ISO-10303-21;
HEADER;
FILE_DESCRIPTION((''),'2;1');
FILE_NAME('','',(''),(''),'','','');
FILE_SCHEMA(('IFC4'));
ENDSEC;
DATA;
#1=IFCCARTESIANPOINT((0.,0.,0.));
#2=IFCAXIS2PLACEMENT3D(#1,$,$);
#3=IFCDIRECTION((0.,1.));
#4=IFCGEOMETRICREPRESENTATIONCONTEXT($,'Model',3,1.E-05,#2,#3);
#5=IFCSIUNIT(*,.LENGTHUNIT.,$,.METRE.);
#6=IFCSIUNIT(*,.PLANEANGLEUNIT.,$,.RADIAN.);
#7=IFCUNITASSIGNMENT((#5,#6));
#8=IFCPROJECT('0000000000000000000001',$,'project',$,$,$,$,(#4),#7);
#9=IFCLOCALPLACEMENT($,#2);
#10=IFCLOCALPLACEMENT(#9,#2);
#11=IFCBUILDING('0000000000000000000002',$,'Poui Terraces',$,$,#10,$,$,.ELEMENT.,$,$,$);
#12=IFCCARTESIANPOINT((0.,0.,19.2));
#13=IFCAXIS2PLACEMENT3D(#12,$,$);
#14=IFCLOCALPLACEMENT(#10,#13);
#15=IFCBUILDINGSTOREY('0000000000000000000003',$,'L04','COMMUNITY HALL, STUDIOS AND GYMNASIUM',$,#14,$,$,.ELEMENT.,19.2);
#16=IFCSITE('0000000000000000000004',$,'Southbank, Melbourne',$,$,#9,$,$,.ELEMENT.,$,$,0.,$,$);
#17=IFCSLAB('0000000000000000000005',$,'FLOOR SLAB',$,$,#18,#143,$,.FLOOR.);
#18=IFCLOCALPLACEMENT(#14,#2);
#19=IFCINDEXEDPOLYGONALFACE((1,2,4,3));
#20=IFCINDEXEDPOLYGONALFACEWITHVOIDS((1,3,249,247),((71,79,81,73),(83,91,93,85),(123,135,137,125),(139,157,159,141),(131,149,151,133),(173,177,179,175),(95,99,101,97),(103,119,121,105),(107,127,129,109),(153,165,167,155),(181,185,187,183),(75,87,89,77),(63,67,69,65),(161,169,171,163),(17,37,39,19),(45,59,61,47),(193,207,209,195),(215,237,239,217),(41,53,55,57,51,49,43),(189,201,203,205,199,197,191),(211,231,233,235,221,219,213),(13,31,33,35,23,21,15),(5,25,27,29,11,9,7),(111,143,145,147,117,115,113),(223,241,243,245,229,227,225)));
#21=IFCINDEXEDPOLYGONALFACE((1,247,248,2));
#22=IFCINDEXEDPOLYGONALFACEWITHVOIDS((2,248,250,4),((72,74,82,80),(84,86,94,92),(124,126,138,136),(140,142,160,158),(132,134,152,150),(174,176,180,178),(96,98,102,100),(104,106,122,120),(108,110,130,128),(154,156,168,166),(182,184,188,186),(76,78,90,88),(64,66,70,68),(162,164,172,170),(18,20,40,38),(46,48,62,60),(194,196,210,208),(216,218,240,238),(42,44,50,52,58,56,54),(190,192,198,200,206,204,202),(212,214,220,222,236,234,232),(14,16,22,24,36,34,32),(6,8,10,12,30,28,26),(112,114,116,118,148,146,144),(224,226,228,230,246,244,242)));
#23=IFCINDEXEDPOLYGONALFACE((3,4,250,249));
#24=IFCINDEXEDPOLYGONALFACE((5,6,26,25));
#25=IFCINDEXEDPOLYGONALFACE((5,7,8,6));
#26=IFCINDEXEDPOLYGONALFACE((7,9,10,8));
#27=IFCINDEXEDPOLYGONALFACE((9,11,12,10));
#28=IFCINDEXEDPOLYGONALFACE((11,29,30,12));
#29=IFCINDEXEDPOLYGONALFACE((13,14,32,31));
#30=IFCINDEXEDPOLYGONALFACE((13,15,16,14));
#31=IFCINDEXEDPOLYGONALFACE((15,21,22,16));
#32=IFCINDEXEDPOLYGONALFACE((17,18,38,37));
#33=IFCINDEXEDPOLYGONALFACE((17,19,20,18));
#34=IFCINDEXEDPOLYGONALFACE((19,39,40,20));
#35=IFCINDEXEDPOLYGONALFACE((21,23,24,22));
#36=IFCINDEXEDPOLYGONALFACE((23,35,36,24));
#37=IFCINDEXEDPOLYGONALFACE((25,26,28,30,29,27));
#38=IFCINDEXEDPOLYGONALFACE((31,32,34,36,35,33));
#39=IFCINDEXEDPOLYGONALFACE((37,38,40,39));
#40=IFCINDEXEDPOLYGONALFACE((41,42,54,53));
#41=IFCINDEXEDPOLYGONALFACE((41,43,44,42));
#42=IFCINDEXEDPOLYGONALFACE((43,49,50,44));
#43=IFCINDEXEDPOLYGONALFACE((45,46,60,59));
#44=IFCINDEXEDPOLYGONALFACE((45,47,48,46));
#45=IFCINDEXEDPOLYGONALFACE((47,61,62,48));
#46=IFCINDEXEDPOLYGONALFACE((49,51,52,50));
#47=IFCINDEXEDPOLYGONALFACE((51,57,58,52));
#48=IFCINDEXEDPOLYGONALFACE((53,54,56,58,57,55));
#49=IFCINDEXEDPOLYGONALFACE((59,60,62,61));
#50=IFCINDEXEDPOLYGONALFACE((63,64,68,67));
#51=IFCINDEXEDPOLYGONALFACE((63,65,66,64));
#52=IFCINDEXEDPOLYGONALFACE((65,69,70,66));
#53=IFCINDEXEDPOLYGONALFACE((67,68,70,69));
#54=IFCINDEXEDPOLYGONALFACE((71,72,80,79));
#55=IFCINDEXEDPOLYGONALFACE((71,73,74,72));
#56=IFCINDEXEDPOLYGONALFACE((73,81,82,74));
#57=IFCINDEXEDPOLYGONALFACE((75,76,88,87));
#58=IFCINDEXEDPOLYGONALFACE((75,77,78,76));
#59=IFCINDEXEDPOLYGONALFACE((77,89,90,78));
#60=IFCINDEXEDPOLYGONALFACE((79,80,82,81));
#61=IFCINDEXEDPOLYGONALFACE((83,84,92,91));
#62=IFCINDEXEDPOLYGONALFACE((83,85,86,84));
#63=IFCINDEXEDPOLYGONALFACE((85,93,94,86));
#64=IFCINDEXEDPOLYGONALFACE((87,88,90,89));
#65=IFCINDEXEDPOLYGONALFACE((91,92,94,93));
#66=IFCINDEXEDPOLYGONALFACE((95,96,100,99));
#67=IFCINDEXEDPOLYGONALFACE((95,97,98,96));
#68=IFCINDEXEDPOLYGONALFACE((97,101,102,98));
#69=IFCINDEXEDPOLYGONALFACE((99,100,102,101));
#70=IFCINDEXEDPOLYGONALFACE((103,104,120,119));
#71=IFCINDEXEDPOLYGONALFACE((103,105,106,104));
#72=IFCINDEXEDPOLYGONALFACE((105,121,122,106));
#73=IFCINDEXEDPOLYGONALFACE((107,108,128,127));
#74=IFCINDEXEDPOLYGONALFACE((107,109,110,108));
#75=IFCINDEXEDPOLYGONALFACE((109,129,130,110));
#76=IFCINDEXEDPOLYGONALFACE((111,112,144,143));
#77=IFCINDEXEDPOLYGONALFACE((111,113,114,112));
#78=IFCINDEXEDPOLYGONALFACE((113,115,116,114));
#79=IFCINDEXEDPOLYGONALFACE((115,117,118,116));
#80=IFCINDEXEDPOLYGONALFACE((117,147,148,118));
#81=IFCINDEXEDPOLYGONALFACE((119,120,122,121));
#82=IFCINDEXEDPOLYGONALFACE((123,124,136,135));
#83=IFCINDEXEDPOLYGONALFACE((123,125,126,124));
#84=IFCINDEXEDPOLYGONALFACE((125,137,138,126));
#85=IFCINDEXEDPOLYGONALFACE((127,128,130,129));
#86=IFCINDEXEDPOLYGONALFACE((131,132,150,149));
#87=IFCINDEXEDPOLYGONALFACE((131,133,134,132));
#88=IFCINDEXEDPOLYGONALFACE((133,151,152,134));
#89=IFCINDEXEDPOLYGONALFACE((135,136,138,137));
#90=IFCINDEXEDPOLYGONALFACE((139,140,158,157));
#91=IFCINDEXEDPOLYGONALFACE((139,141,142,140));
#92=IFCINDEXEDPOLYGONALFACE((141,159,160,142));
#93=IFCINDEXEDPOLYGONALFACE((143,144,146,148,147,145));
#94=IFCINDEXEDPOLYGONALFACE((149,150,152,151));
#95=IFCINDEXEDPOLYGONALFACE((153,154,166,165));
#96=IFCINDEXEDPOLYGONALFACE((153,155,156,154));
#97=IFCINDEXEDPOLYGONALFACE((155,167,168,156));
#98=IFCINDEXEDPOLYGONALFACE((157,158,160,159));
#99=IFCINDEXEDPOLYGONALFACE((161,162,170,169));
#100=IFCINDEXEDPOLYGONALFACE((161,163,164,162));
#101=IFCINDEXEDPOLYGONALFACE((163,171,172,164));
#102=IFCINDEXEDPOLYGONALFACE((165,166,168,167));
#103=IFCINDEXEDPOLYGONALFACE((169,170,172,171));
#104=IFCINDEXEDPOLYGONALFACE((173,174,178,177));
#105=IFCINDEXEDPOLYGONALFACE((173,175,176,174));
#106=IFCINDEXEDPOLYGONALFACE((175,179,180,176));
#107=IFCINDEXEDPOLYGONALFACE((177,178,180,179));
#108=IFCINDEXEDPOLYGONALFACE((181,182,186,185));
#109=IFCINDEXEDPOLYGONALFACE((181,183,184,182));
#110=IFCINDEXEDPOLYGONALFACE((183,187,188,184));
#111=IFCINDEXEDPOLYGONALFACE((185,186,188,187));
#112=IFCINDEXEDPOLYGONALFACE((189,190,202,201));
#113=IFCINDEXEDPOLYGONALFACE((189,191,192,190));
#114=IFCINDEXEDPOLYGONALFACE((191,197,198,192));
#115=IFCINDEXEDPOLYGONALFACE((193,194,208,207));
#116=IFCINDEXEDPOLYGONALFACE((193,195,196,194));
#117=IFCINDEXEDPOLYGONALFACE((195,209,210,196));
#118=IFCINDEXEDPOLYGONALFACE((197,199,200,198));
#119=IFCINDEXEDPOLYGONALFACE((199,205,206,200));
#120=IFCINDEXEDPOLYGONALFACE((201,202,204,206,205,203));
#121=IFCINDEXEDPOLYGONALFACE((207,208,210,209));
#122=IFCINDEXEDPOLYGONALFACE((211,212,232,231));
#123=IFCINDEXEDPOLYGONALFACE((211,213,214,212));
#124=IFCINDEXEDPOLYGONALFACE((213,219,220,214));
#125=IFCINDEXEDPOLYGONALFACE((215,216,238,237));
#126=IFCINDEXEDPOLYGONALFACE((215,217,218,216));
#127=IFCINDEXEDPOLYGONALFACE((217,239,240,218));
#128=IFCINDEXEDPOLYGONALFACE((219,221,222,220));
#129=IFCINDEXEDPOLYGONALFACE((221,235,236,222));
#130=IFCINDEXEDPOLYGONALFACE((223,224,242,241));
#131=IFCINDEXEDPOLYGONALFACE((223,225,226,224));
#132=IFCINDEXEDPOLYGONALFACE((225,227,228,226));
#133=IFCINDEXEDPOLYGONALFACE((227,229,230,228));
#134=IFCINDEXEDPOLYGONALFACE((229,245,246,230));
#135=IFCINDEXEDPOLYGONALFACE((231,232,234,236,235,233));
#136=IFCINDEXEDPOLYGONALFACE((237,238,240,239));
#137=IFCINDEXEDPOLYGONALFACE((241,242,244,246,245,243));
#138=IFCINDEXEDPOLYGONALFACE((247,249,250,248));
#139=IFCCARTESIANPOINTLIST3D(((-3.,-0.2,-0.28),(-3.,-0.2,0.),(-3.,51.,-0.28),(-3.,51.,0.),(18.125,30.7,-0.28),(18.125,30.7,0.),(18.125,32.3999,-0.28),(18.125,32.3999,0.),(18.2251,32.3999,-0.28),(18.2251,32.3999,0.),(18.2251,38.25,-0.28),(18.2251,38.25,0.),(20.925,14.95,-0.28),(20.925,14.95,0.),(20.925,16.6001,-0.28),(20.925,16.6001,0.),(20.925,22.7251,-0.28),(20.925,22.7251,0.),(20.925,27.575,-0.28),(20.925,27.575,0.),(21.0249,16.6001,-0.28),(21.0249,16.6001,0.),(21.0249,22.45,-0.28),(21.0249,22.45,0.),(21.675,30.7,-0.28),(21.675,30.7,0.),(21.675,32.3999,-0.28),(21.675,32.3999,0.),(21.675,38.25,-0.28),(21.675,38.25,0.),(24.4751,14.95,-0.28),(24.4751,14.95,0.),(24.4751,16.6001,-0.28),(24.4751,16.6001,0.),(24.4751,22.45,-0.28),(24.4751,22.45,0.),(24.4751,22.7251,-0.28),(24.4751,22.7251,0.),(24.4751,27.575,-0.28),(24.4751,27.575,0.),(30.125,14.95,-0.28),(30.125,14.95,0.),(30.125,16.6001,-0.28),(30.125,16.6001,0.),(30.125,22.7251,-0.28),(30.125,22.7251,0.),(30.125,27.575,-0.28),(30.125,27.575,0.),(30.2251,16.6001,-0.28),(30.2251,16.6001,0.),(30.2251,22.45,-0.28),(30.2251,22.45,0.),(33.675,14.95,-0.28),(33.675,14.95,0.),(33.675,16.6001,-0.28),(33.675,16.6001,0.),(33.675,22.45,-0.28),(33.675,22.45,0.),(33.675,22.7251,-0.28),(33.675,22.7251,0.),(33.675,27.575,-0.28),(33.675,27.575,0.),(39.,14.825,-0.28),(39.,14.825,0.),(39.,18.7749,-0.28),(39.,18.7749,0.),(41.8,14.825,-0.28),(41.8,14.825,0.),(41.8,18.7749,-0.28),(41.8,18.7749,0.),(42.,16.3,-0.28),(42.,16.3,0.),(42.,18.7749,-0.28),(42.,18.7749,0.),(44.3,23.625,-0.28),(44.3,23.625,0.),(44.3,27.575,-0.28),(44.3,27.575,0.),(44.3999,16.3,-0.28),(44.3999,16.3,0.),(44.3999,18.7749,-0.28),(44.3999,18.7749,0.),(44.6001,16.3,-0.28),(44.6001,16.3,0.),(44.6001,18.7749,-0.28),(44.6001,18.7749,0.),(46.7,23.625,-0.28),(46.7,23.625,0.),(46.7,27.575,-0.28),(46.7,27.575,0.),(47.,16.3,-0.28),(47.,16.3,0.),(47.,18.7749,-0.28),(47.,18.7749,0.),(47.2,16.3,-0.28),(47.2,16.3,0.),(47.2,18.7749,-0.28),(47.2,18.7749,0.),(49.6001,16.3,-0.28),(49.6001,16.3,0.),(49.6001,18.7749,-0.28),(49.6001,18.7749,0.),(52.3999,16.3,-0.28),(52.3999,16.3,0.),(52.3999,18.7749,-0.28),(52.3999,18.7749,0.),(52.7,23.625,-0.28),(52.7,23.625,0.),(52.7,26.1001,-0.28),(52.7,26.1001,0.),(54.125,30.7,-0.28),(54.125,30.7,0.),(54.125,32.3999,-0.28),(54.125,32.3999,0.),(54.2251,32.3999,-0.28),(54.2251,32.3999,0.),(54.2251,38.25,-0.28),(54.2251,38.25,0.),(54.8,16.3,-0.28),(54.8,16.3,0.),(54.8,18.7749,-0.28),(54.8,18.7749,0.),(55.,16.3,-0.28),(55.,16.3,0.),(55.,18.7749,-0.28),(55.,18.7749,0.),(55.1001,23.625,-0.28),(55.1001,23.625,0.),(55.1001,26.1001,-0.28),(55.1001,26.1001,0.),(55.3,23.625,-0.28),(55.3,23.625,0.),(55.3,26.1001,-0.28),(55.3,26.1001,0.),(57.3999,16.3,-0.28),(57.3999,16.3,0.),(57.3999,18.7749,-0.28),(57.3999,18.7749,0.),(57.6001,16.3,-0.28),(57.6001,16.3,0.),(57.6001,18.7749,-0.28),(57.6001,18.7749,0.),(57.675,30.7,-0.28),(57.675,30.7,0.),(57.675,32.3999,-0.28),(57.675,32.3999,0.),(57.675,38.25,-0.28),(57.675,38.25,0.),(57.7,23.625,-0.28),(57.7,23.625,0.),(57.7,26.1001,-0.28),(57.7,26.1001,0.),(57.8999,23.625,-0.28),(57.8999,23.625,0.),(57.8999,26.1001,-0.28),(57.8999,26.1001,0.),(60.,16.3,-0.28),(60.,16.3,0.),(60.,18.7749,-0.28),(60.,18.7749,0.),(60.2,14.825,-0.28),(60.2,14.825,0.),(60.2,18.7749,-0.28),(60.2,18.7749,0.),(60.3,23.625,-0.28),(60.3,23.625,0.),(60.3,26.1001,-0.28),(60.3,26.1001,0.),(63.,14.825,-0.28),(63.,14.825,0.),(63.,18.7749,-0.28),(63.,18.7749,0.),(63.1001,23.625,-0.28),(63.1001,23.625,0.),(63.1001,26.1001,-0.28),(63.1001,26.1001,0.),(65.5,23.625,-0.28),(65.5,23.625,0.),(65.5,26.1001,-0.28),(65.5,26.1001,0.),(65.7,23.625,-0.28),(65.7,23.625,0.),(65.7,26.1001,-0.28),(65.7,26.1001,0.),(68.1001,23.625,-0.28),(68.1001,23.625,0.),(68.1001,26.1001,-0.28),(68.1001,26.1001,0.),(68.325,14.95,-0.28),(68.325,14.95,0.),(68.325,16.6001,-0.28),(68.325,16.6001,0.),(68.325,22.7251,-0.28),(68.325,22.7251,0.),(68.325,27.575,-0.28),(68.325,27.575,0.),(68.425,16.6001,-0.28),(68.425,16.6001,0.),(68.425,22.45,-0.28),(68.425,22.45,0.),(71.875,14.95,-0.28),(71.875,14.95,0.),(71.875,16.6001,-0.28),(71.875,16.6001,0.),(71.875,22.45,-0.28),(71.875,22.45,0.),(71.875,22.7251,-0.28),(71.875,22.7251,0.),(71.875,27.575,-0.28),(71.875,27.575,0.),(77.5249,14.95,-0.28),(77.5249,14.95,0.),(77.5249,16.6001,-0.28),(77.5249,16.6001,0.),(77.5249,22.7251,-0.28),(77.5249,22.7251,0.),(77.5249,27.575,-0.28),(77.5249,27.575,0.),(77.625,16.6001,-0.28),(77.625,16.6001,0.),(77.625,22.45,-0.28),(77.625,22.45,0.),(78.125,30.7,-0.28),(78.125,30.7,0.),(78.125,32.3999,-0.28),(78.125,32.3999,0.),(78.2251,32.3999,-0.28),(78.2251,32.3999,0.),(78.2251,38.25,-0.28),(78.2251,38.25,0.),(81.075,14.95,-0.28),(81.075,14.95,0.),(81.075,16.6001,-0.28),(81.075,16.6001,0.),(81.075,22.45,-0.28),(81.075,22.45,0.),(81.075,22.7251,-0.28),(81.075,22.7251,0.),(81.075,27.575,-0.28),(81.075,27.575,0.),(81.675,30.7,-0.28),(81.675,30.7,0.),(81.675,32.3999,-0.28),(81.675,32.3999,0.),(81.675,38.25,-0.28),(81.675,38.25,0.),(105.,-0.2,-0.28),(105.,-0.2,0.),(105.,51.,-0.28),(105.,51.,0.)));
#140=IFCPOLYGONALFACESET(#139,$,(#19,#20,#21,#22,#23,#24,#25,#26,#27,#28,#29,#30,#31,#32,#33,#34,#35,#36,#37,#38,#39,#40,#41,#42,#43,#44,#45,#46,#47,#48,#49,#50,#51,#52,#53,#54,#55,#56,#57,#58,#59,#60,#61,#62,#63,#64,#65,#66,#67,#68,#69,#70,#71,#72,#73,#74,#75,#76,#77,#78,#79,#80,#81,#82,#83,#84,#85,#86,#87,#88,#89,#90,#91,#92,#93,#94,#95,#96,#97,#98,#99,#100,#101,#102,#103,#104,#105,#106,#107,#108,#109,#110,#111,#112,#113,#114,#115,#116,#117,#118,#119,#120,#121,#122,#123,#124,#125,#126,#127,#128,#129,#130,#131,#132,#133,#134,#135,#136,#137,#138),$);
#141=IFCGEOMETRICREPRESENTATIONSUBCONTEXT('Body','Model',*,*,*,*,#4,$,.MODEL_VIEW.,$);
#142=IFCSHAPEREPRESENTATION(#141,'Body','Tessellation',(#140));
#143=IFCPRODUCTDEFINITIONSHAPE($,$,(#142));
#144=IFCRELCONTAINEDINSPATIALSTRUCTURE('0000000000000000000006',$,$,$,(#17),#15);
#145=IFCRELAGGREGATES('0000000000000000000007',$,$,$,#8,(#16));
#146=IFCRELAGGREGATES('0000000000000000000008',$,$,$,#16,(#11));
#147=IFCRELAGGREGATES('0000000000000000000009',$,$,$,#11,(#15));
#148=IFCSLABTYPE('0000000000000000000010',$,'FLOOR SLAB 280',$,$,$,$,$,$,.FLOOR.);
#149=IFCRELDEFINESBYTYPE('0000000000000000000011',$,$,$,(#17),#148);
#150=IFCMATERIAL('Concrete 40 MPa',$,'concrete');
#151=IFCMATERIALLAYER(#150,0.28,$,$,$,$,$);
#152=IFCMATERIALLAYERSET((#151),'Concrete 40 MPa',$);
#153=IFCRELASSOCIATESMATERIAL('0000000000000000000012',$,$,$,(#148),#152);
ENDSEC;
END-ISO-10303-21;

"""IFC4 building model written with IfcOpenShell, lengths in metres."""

from ifc_helpers import new_model, si_unit, direction, frame, origin, place, context, subcontext, project, spatial, polyline, outline, extrude, source, transform, mapped, material, layer, layer_set, type_object, element, save


model = new_model("IFC4")

# Units and contexts
model_context = context("Model", 3, precision=1e-05, world=origin(), true_north=direction((0.0, 1.0)))
body_context = subcontext(model_context, "Body", "Model", "MODEL_VIEW")
ifc_project = project(units=[si_unit("LENGTHUNIT", "METRE"), si_unit("PLANEANGLEUNIT", "RADIAN")], contexts=[model_context])

# Site, building, storey
site_placement = place(None, origin())
site = spatial("IfcSite", under=ifc_project, at=site_placement, Name="Southbank, Melbourne", CompositionType="ELEMENT", RefElevation=0.0)
building_placement = place(site_placement, origin())
building = spatial("IfcBuilding", under=site, at=building_placement, Name="Poui Terraces", CompositionType="ELEMENT")
storey_placement = place(building_placement, frame((0.0, 0.0, 19.2)))
storey = spatial("IfcBuildingStorey", under=building, at=storey_placement, Name="L04", Description="COMMUNITY HALL, STUDIOS AND GYMNASIUM", CompositionType="ELEMENT", Elevation=19.2)

# Slab
ifc_material_1 = material(Name="Concrete 40 MPa", Category="concrete")
ifc_layer_1 = layer(ifc_material_1, 0.28)
ifc_layer_set_1 = layer_set([ifc_layer_1], Name="Concrete 40 MPa")
slab_type_1 = type_object("IfcSlabType", Name="FLOOR SLAB 280", PredefinedType="FLOOR", material=ifc_layer_set_1)
shared_shape_1 = source(origin(), body_context, "Body", "SweptSolid", [
    extrude(outline(polyline([(0.0, 0.0), (108.0, 0.0), (108.0, 51.2), (0.0, 51.2), (0.0, 0.0)]), holes=[polyline([(42.0, 15.0249), (42.0, 18.9749), (44.8, 18.9749), (44.8, 15.0249), (42.0, 15.0249)]), polyline([(45.0, 18.9749), (47.3999, 18.9749), (47.3999, 16.5), (45.0, 16.5), (45.0, 18.9749)]), polyline([(47.6001, 18.9749), (50.0, 18.9749), (50.0, 16.5), (47.6001, 16.5), (47.6001, 18.9749)]), polyline([(50.2, 16.5), (50.2, 18.9749), (52.6001, 18.9749), (52.6001, 16.5), (50.2, 16.5)]), polyline([(55.3999, 18.9749), (57.8, 18.9749), (57.8, 16.5), (55.3999, 16.5), (55.3999, 18.9749)]), polyline([(27.4751, 22.6499), (27.4751, 16.8), (27.4751, 15.1499), (23.925, 15.1499), (23.925, 16.8), (24.0249, 16.8), (24.0249, 22.6499), (27.4751, 22.6499)]), polyline([(33.2251, 22.6499), (36.675, 22.6499), (36.675, 16.8), (36.675, 15.1499), (33.125, 15.1499), (33.125, 16.8), (33.2251, 16.8), (33.2251, 22.6499)]), polyline([(55.7, 26.3), (58.1001, 26.3), (58.1001, 23.825), (55.7, 23.825), (55.7, 26.3)]), polyline([(23.925, 27.7749), (27.4751, 27.7749), (27.4751, 22.925), (23.925, 22.925), (23.925, 27.7749)]), polyline([(33.125, 22.925), (33.125, 27.7749), (36.675, 27.7749), (36.675, 22.925), (33.125, 22.925)]), polyline([(47.3, 27.7749), (49.7, 27.7749), (49.7, 23.825), (47.3, 23.825), (47.3, 27.7749)]), polyline([(24.675, 38.45), (24.675, 32.5999), (24.675, 30.8999), (21.125, 30.8999), (21.125, 32.5999), (21.2251, 32.5999), (21.2251, 38.45), (24.675, 38.45)]), polyline([(57.2251, 38.45), (60.675, 38.45), (60.675, 32.5999), (60.675, 30.8999), (57.125, 30.8999), (57.125, 32.5999), (57.2251, 32.5999), (57.2251, 38.45)]), polyline([(63.2, 18.9749), (66.0, 18.9749), (66.0, 15.0249), (63.2, 15.0249), (63.2, 18.9749)]), polyline([(58.0, 18.9749), (60.3999, 18.9749), (60.3999, 16.5), (58.0, 16.5), (58.0, 18.9749)]), polyline([(60.6001, 16.5), (60.6001, 18.9749), (63.0, 18.9749), (63.0, 16.5), (60.6001, 16.5)]), polyline([(74.875, 22.6499), (74.875, 16.8), (74.875, 15.1499), (71.325, 15.1499), (71.325, 16.8), (71.425, 16.8), (71.425, 22.6499), (74.875, 22.6499)]), polyline([(84.075, 22.6499), (84.075, 16.8), (84.075, 15.1499), (80.5249, 15.1499), (80.5249, 16.8), (80.625, 16.8), (80.625, 22.6499), (84.075, 22.6499)]), polyline([(58.3, 23.825), (58.3, 26.3), (60.7, 26.3), (60.7, 23.825), (58.3, 23.825)]), polyline([(60.8999, 26.3), (63.3, 26.3), (63.3, 23.825), (60.8999, 23.825), (60.8999, 26.3)]), polyline([(66.1001, 26.3), (68.5, 26.3), (68.5, 23.825), (66.1001, 23.825), (66.1001, 26.3)]), polyline([(68.7, 26.3), (71.1001, 26.3), (71.1001, 23.825), (68.7, 23.825), (68.7, 26.3)]), polyline([(71.325, 27.7749), (74.875, 27.7749), (74.875, 22.925), (71.325, 22.925), (71.325, 27.7749)]), polyline([(80.5249, 27.7749), (84.075, 27.7749), (84.075, 22.925), (80.5249, 22.925), (80.5249, 27.7749)]), polyline([(84.675, 38.45), (84.675, 32.5999), (84.675, 30.8999), (81.125, 30.8999), (81.125, 32.5999), (81.2251, 32.5999), (81.2251, 38.45), (84.675, 38.45)])]), origin(), (0.0, 0.0, 1.0), 0.28),
])
slab_1_placement = place(storey_placement, frame((-3.0, -0.2, -0.28)))
element("IfcSlab", 1, at=slab_1_placement, inside=storey, type_object=slab_type_1, Name="FLOOR SLAB", PredefinedType="FLOOR", context=body_context, shape_type="MappedRepresentation", body=[
    mapped(shared_shape_1, transform((0.0, 0.0, 0.0))),
])

save(model, "model.ifc")
